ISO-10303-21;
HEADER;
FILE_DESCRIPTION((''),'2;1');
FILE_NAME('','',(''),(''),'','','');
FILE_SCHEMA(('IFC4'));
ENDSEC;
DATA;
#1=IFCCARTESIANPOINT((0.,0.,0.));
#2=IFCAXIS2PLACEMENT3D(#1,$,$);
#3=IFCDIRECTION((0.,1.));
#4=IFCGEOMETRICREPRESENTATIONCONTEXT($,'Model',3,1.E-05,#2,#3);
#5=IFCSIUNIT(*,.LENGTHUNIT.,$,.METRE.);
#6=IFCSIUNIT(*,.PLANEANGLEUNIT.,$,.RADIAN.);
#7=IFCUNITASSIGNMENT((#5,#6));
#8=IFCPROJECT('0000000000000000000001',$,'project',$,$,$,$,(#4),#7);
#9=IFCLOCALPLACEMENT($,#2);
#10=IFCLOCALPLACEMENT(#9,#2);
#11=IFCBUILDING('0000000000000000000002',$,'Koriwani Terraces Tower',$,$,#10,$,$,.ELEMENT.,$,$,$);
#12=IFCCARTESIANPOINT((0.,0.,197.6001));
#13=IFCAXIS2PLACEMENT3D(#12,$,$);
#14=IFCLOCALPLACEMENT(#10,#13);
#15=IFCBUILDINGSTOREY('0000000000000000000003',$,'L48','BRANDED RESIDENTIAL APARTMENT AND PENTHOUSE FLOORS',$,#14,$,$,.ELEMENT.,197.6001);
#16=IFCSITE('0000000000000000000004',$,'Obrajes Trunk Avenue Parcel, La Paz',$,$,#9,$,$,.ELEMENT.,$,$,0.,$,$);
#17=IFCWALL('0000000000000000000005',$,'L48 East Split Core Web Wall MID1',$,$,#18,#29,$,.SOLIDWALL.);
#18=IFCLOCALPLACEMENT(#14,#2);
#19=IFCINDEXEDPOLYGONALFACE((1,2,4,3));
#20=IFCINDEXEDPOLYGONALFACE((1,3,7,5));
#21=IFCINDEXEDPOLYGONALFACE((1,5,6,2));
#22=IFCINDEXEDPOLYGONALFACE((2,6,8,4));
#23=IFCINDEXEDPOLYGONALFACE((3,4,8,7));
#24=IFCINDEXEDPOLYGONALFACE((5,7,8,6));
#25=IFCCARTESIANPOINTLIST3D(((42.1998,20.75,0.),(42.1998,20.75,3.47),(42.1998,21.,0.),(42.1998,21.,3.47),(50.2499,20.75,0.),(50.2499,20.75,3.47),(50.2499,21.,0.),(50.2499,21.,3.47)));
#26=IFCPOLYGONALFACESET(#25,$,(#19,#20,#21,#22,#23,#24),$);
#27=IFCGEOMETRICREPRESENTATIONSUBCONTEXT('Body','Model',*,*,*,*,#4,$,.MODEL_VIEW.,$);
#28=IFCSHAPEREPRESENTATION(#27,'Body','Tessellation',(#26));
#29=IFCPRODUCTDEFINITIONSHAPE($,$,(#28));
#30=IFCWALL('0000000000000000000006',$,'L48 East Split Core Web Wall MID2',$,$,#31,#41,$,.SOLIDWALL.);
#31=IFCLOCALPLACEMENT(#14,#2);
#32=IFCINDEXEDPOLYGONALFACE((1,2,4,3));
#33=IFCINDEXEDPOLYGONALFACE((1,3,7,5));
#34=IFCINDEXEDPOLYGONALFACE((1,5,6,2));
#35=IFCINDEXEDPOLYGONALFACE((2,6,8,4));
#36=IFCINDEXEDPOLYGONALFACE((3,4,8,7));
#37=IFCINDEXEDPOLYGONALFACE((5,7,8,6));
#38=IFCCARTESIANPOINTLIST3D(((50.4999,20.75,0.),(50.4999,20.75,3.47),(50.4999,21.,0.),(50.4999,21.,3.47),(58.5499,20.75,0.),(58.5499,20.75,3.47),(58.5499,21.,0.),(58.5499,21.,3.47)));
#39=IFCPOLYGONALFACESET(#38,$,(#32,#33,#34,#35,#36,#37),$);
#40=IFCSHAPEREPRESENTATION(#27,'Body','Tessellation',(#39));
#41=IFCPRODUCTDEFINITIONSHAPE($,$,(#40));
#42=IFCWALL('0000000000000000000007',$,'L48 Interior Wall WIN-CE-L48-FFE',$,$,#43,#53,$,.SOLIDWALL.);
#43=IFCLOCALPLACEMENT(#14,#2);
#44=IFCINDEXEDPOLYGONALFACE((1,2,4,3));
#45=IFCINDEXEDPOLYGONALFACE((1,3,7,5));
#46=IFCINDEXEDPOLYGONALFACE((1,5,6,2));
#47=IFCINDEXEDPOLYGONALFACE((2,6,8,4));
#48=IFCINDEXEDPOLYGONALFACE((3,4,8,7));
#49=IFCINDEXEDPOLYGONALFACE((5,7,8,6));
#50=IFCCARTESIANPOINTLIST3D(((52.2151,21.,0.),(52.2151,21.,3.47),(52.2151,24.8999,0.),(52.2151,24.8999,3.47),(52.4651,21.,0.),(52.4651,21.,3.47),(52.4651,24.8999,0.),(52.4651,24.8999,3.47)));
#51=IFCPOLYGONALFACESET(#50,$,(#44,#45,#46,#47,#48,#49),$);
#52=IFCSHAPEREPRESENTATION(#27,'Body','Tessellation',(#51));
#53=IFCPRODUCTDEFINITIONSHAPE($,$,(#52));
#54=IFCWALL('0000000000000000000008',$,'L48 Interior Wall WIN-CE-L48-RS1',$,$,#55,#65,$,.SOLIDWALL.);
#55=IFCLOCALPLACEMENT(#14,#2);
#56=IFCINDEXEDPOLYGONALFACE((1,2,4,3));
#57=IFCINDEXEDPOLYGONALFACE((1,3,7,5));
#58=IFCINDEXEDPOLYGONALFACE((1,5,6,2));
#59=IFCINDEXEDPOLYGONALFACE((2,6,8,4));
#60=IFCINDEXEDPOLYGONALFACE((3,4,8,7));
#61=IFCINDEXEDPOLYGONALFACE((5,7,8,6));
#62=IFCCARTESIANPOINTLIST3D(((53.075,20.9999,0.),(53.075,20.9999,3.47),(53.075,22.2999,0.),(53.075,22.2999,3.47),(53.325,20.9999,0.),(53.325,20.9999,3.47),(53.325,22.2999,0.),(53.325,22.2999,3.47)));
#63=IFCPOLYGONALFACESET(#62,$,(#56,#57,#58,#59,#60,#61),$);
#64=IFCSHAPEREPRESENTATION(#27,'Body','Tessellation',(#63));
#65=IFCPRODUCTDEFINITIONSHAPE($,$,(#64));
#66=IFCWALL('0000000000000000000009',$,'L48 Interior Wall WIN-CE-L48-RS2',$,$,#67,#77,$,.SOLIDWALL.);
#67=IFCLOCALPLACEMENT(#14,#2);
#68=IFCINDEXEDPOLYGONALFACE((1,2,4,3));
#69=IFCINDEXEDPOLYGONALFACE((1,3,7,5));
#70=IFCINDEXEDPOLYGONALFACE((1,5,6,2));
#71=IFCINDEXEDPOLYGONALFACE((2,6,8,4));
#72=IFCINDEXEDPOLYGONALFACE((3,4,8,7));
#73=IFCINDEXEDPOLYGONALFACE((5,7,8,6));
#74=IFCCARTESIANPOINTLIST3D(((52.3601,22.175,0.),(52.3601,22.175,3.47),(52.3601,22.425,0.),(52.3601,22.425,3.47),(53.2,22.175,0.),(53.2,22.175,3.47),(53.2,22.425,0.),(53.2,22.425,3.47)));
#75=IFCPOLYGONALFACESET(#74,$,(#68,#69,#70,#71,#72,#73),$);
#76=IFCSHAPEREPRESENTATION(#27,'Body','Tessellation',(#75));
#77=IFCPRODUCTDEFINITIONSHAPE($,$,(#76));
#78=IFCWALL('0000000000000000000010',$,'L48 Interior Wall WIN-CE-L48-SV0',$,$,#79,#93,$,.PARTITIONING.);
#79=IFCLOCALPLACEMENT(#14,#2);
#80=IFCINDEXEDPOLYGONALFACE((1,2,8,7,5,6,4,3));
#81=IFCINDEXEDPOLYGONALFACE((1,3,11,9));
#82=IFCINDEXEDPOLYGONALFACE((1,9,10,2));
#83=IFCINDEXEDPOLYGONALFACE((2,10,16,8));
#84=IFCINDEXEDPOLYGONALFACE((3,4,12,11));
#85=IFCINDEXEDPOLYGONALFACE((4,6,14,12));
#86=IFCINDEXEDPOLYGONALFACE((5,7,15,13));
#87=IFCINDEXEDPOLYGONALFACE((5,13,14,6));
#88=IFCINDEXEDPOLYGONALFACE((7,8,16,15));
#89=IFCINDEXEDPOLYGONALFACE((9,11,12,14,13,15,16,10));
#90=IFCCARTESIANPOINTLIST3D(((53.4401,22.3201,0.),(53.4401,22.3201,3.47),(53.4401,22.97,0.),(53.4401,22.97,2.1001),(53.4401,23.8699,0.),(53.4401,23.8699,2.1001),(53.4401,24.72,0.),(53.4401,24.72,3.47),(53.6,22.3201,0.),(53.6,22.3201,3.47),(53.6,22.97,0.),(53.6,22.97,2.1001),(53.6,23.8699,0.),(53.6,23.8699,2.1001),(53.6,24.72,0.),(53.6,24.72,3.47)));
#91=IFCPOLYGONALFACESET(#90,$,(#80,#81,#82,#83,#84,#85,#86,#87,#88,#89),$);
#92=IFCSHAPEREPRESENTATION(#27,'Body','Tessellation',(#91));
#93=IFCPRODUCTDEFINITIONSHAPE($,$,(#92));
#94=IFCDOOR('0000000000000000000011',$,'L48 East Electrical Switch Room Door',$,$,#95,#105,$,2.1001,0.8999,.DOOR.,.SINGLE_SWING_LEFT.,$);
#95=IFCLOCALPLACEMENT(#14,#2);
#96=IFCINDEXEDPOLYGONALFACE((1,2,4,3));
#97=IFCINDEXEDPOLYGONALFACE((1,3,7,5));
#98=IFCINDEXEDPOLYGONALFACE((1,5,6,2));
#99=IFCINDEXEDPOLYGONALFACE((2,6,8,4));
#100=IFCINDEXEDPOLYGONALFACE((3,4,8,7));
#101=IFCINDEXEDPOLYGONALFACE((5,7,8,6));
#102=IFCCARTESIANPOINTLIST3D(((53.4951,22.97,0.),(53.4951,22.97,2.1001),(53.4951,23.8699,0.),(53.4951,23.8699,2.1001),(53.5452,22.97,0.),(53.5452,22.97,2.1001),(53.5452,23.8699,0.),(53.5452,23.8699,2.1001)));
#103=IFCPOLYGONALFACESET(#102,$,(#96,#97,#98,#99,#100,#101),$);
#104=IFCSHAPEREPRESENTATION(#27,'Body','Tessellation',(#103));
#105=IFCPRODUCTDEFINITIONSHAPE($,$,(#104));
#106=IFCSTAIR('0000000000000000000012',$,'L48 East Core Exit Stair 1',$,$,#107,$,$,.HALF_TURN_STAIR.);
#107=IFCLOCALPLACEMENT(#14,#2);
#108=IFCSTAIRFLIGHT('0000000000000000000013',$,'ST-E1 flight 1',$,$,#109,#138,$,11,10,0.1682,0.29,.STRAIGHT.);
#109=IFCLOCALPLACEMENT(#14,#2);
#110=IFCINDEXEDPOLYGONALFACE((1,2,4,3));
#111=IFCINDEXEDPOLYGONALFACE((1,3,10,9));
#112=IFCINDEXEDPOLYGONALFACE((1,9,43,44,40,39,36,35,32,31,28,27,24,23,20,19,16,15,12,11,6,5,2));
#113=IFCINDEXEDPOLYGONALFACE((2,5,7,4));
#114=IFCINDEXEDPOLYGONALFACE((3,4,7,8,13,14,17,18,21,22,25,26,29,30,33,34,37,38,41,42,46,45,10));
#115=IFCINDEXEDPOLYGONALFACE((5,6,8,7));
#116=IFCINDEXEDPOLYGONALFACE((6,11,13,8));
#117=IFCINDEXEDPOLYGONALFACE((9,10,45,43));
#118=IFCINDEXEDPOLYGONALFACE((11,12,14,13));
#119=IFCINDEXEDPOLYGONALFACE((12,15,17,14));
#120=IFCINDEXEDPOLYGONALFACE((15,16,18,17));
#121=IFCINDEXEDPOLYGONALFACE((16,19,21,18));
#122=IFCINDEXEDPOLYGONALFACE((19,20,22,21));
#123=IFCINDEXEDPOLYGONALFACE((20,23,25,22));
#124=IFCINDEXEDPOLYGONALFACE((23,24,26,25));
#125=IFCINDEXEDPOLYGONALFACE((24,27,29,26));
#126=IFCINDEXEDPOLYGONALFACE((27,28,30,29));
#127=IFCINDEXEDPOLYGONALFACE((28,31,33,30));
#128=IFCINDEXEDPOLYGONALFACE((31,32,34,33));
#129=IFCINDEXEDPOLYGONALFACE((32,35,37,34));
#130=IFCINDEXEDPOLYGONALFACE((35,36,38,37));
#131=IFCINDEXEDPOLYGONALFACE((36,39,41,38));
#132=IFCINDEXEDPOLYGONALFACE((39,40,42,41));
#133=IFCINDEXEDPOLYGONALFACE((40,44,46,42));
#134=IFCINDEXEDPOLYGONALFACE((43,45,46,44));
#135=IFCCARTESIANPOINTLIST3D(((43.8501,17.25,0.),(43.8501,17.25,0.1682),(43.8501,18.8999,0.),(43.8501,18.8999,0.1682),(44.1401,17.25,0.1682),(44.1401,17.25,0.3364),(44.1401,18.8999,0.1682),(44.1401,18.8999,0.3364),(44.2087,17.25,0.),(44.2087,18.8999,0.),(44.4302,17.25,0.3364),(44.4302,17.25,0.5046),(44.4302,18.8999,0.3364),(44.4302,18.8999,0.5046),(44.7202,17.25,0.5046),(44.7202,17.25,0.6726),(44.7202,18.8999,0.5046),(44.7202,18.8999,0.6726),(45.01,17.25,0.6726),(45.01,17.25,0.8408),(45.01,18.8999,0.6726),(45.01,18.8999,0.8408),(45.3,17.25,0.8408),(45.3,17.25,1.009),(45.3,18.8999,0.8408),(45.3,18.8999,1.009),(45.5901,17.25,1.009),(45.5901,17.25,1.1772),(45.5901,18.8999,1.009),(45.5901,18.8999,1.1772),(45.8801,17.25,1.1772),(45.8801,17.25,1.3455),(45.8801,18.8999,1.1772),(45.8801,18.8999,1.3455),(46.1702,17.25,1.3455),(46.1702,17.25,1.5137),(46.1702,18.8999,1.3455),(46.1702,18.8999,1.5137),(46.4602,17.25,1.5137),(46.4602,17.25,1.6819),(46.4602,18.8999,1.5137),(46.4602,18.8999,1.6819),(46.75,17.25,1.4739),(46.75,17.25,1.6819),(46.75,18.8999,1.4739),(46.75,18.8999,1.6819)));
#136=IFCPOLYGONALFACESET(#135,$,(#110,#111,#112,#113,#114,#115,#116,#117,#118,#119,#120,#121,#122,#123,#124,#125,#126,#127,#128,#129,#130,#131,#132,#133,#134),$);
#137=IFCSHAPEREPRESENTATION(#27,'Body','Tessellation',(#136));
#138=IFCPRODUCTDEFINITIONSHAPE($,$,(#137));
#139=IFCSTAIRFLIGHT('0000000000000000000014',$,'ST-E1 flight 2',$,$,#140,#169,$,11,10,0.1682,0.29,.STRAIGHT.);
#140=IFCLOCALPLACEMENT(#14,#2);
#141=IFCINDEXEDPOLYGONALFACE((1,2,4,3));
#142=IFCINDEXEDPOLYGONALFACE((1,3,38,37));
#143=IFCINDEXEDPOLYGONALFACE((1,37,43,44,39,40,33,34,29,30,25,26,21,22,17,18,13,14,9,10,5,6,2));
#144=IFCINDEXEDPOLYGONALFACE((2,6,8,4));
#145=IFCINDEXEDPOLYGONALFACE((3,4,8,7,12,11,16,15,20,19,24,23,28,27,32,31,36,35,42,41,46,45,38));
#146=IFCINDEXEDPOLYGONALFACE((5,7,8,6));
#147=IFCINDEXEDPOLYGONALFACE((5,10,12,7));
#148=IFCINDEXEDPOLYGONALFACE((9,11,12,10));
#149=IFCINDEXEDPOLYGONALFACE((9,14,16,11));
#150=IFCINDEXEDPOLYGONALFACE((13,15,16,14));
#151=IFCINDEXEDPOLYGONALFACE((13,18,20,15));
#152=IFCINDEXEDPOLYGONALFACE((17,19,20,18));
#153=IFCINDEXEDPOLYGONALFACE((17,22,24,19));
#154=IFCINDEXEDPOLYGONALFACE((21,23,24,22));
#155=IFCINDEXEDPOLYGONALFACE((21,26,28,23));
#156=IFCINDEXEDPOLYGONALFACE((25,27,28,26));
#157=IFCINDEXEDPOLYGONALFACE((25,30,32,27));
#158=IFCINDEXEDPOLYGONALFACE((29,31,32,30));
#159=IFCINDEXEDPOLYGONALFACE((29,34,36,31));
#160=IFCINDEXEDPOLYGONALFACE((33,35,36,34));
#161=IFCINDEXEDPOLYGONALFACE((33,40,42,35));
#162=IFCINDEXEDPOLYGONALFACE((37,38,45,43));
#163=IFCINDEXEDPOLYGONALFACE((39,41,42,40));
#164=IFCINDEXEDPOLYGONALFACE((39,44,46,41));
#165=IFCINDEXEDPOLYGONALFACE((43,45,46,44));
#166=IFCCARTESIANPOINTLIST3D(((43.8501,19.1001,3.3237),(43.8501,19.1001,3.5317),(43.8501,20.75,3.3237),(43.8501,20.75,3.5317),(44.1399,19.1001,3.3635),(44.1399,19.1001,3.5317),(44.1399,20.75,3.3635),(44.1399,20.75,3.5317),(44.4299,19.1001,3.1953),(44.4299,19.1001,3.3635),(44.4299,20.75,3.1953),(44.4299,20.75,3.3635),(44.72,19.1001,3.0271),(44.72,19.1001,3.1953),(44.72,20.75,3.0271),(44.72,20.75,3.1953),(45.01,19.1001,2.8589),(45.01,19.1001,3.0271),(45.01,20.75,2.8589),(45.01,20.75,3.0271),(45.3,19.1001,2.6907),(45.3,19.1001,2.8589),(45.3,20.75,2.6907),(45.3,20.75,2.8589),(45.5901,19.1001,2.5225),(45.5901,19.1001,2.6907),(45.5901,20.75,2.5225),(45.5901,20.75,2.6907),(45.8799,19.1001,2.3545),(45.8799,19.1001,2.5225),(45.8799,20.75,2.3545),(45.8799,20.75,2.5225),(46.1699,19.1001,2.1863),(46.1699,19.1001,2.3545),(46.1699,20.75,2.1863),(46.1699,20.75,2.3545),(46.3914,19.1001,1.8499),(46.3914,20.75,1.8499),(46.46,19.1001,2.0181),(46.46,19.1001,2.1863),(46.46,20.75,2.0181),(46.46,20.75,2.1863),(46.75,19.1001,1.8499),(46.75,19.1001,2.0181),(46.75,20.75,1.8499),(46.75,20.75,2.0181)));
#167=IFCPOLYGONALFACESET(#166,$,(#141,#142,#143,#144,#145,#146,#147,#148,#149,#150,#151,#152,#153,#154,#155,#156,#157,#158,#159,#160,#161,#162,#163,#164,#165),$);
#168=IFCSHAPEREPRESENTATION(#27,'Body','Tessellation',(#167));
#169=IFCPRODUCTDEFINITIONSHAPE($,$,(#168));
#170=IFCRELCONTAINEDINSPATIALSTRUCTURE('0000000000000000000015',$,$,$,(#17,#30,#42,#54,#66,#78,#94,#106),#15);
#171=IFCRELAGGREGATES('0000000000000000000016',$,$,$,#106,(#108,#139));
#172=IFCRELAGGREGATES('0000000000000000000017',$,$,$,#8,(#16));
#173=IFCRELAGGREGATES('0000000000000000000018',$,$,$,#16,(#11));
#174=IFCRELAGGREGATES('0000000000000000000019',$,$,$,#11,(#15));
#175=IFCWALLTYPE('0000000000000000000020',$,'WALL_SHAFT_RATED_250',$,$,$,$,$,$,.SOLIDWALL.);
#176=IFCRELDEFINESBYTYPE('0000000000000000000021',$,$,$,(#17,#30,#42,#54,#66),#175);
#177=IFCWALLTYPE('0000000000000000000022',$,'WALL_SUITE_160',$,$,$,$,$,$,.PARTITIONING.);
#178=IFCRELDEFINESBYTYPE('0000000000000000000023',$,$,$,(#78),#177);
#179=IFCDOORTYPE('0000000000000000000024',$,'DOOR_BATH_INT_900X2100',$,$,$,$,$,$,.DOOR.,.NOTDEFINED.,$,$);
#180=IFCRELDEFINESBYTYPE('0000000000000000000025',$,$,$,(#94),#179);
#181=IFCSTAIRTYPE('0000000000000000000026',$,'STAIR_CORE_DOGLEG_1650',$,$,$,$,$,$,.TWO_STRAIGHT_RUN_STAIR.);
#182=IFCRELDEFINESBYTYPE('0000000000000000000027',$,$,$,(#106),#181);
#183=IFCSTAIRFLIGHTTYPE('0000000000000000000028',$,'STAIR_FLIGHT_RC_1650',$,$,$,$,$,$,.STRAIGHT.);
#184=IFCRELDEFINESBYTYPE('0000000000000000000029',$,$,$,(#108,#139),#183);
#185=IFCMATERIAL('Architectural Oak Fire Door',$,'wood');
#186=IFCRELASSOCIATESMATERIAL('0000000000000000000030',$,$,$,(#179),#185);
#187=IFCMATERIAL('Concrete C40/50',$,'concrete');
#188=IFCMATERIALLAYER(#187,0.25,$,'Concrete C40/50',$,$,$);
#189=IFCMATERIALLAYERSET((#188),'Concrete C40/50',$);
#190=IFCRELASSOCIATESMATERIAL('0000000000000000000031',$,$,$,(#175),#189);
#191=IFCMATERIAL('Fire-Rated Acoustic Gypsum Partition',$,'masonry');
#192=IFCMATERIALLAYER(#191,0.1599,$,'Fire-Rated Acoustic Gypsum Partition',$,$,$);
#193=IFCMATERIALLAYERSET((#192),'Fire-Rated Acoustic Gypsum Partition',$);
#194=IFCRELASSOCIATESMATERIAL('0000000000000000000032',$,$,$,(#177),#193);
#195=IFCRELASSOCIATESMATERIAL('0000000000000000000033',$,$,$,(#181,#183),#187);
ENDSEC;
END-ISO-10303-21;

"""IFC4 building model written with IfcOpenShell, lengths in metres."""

from ifc_helpers import new_model, si_unit, direction, frame, frame_2d, origin, place, context, subcontext, project, spatial, polyline, rectangle, outline, extrude, material, layer, layer_set, type_object, element, fill, aggregate, save


model = new_model("IFC4")

# Units and contexts
model_context = context("Model", 3, precision=1e-05, world=origin(), true_north=direction((0.0, 1.0)))
body_context = subcontext(model_context, "Body", "Model", "MODEL_VIEW")
ifc_project = project(units=[si_unit("LENGTHUNIT", "METRE"), si_unit("PLANEANGLEUNIT", "RADIAN")], contexts=[model_context])

# Site, building, storey
site_placement = place(None, origin())
site = spatial("IfcSite", under=ifc_project, at=site_placement, Name="Obrajes Trunk Avenue Parcel, La Paz", CompositionType="ELEMENT", RefElevation=0.0)
building_placement = place(site_placement, origin())
building = spatial("IfcBuilding", under=site, at=building_placement, Name="Koriwani Terraces Tower", CompositionType="ELEMENT")
storey_placement = place(building_placement, frame((0.0, 0.0, 197.6001)))
storey = spatial("IfcBuildingStorey", under=building, at=storey_placement, Name="L48", Description="BRANDED RESIDENTIAL APARTMENT AND PENTHOUSE FLOORS", CompositionType="ELEMENT", Elevation=197.6001)

# Shared definitions
ifc_material_1 = material(Name="Fire-Rated Acoustic Gypsum Partition", Category="masonry")
ifc_material_2 = material(Name="Architectural Oak Fire Door", Category="wood")
door_type_1 = type_object("IfcDoorType", Name="DOOR_BATH_INT_900X2100", OperationType="NOTDEFINED", PredefinedType="DOOR", material=ifc_material_2)

# Walls
ifc_material_3 = material(Name="Concrete C40/50", Category="concrete")
ifc_layer_1 = layer(ifc_material_3, 0.25, Name="Concrete C40/50")
ifc_layer_set_1 = layer_set([ifc_layer_1], Name="Concrete C40/50")
wall_type_1 = type_object("IfcWallType", Name="WALL_SHAFT_RATED_250", PredefinedType="SOLIDWALL", material=ifc_layer_set_1)
for number, where, z_axis, x_axis, name in (
    (1, (42.2, 20.875, 0.0), (0.0, 0.0, 1.0), (1.0, 0.0, 0.0), "L48 East Split Core Web Wall MID1"),
    (2, (50.5, 20.875, 0.0), (0.0, 0.0, 1.0), (1.0, 0.0, 0.0), "L48 East Split Core Web Wall MID2"),
):
    element("IfcWall", number, at=place(storey_placement, frame(where, z_axis=z_axis, x_axis=x_axis)), inside=storey, type_object=wall_type_1, Name=name, PredefinedType="SOLIDWALL", context=body_context, shape_type="SweptSolid", body=[
        extrude(rectangle(XDim=8.05, YDim=0.25, at=frame_2d((4.0249, 0.0))), origin(), (0.0, 0.0, 1.0), 3.47),
    ])

# Walls
wall_1_placement = place(storey_placement, frame((52.3401, 21.0, 0.0), z_axis=(0.0, 0.0, 1.0), x_axis=(0.0, 1.0, 0.0)))
element("IfcWall", 3, at=wall_1_placement, inside=storey, type_object=wall_type_1, Name="L48 Interior Wall WIN-CE-L48-FFE", PredefinedType="SOLIDWALL", context=body_context, shape_type="SweptSolid", body=[
    extrude(rectangle(XDim=3.8999, YDim=0.25, at=frame_2d((1.95, 0.0))), origin(), (0.0, 0.0, 1.0), 3.47),
])
wall_2_placement = place(storey_placement, frame((53.2, 21.0, 0.0), z_axis=(0.0, 0.0, 1.0), x_axis=(0.0, 1.0, 0.0)))
element("IfcWall", 4, at=wall_2_placement, inside=storey, type_object=wall_type_1, Name="L48 Interior Wall WIN-CE-L48-RS1", PredefinedType="SOLIDWALL", context=body_context, shape_type="SweptSolid", body=[
    extrude(rectangle(XDim=1.3, YDim=0.25, at=frame_2d((0.6499, 0.0))), origin(), (0.0, 0.0, 1.0), 3.47),
])
wall_3_placement = place(storey_placement, frame((52.3601, 22.3, 0.0), z_axis=(0.0, 0.0, 1.0), x_axis=(1.0, 0.0, 0.0)))
element("IfcWall", 5, at=wall_3_placement, inside=storey, type_object=wall_type_1, Name="L48 Interior Wall WIN-CE-L48-RS2", PredefinedType="SOLIDWALL", context=body_context, shape_type="SweptSolid", body=[
    extrude(rectangle(XDim=0.8398, YDim=0.25, at=frame_2d((0.4199, 0.0))), origin(), (0.0, 0.0, 1.0), 3.47),
])

# Wall, opening, door
ifc_layer_2 = layer(ifc_material_1, 0.1599, Name="Fire-Rated Acoustic Gypsum Partition")
ifc_layer_set_2 = layer_set([ifc_layer_2], Name="Fire-Rated Acoustic Gypsum Partition")
wall_type_2 = type_object("IfcWallType", Name="WALL_SUITE_160", PredefinedType="PARTITIONING", material=ifc_layer_set_2)
wall_4_placement = place(storey_placement, frame((53.52, 22.3201, 0.0), z_axis=(0.0, 0.0, 1.0), x_axis=(0.0, 1.0, 0.0)))
wall_4 = element("IfcWall", 6, at=wall_4_placement, inside=storey, type_object=wall_type_2, Name="L48 Interior Wall WIN-CE-L48-SV0", PredefinedType="PARTITIONING", context=body_context, shape_type="SweptSolid", body=[
    extrude(rectangle(XDim=2.3999, YDim=0.1599, at=frame_2d((1.2, 0.0))), origin(), (0.0, 0.0, 1.0), 3.47),
])
opening_1_placement = place(wall_4_placement, frame((0.6499, 0.0, 0.0)))
opening_1 = element("IfcOpeningElement", 7, at=opening_1_placement, cuts=wall_4, PredefinedType="OPENING", context=body_context, shape_type="SweptSolid", body=[
    extrude(rectangle(XDim=0.8999, YDim=2.1001, at=frame_2d((0.45, 1.05))), frame((0.0, 0.0898, 0.0), z_axis=(0.0, -1.0, 0.0), x_axis=(1.0, 0.0, 0.0)), (0.0, 0.0, 1.0), 0.1799),
])
door_1_placement = place(opening_1_placement, origin())
door_1 = element("IfcDoor", 8, at=door_1_placement, inside=storey, type_object=door_type_1, Name="L48 East Electrical Switch Room Door", OperationType="SINGLE_SWING_LEFT", OverallHeight=2.1001, OverallWidth=0.8999, PredefinedType="DOOR", context=body_context, shape_type="SweptSolid", body=[
    extrude(rectangle(XDim=0.8999, YDim=2.1001, at=frame_2d((0.45, 1.05))), frame((0.0, 0.0249, 0.0), z_axis=(0.0, -1.0, 0.0), x_axis=(1.0, 0.0, 0.0)), (0.0, 0.0, 1.0), 0.05),
])
fill(opening_1, door_1)

# Stair, stair flights
stair_type = type_object("IfcStairType", Name="STAIR_CORE_DOGLEG_1650", PredefinedType="TWO_STRAIGHT_RUN_STAIR", material=ifc_material_3)
stair_1_placement = place(storey_placement, origin())
stair_1 = element("IfcStair", 9, at=stair_1_placement, inside=storey, type_object=stair_type, Name="L48 East Core Exit Stair 1", PredefinedType="HALF_TURN_STAIR")
stair_flight_type = type_object("IfcStairFlightType", Name="STAIR_FLIGHT_RC_1650", PredefinedType="STRAIGHT", material=ifc_material_3)
stair_flight_1_placement = place(storey_placement, frame((43.8501, 18.075, 0.0), z_axis=(0.0, 0.0, 1.0), x_axis=(1.0, 0.0, 0.0)))
stair_flight_1 = element("IfcStairFlight", 10, at=stair_flight_1_placement, type_object=stair_flight_type, Name="ST-E1 flight 1", NumberOfRisers=11, NumberOfTreads=10, PredefinedType="STRAIGHT", RiserHeight=0.1682, TreadLength=0.29, context=body_context, shape_type="SweptSolid", body=[
    extrude(outline(polyline([(0.0, 0.0), (0.0, 0.1682), (0.29, 0.1682), (0.29, 0.3364), (0.5801, 0.3364), (0.5801, 0.5046), (0.8701, 0.5046), (0.8701, 0.6726), (1.1599, 0.6726), (1.1599, 0.8408), (1.45, 0.8408), (1.45, 1.009), (1.74, 1.009), (1.74, 1.1772), (2.03, 1.1772), (2.03, 1.3455), (2.3201, 1.3455), (2.3201, 1.5137), (2.6101, 1.5137), (2.6101, 1.6819), (2.8999, 1.6819), (2.8999, 1.8501), (2.8999, 1.4739), (0.3586, 0.0), (0.0, 0.0)])), frame((0.0, 0.825, 0.0), z_axis=(0.0, -1.0, 0.0), x_axis=(1.0, 0.0, 0.0)), (0.0, 0.0, 1.0), 1.6499),
])
stair_flight_2_placement = place(storey_placement, frame((46.75, 19.925, 1.8499), z_axis=(0.0, 0.0, 1.0), x_axis=(-1.0, 0.0, 0.0)))
stair_flight_2 = element("IfcStairFlight", 11, at=stair_flight_2_placement, type_object=stair_flight_type, Name="ST-E1 flight 2", NumberOfRisers=11, NumberOfTreads=10, PredefinedType="STRAIGHT", RiserHeight=0.1682, TreadLength=0.29, context=body_context, shape_type="SweptSolid", body=[
    extrude(outline(polyline([(0.0, 0.0), (0.0, 0.1682), (0.29, 0.1682), (0.29, 0.3364), (0.5801, 0.3364), (0.5801, 0.5046), (0.8701, 0.5046), (0.8701, 0.6726), (1.1599, 0.6726), (1.1599, 0.8408), (1.45, 0.8408), (1.45, 1.009), (1.74, 1.009), (1.74, 1.1772), (2.03, 1.1772), (2.03, 1.3455), (2.3201, 1.3455), (2.3201, 1.5137), (2.6101, 1.5137), (2.6101, 1.6819), (2.8999, 1.6819), (2.8999, 1.8501), (2.8999, 1.4739), (0.3586, 0.0), (0.0, 0.0)])), frame((0.0, 0.825, 0.0), z_axis=(0.0, -1.0, 0.0), x_axis=(1.0, 0.0, 0.0)), (0.0, 0.0, 1.0), 1.6499),
])
aggregate(stair_1, [stair_flight_1, stair_flight_2])

save(model, "model.ifc")
